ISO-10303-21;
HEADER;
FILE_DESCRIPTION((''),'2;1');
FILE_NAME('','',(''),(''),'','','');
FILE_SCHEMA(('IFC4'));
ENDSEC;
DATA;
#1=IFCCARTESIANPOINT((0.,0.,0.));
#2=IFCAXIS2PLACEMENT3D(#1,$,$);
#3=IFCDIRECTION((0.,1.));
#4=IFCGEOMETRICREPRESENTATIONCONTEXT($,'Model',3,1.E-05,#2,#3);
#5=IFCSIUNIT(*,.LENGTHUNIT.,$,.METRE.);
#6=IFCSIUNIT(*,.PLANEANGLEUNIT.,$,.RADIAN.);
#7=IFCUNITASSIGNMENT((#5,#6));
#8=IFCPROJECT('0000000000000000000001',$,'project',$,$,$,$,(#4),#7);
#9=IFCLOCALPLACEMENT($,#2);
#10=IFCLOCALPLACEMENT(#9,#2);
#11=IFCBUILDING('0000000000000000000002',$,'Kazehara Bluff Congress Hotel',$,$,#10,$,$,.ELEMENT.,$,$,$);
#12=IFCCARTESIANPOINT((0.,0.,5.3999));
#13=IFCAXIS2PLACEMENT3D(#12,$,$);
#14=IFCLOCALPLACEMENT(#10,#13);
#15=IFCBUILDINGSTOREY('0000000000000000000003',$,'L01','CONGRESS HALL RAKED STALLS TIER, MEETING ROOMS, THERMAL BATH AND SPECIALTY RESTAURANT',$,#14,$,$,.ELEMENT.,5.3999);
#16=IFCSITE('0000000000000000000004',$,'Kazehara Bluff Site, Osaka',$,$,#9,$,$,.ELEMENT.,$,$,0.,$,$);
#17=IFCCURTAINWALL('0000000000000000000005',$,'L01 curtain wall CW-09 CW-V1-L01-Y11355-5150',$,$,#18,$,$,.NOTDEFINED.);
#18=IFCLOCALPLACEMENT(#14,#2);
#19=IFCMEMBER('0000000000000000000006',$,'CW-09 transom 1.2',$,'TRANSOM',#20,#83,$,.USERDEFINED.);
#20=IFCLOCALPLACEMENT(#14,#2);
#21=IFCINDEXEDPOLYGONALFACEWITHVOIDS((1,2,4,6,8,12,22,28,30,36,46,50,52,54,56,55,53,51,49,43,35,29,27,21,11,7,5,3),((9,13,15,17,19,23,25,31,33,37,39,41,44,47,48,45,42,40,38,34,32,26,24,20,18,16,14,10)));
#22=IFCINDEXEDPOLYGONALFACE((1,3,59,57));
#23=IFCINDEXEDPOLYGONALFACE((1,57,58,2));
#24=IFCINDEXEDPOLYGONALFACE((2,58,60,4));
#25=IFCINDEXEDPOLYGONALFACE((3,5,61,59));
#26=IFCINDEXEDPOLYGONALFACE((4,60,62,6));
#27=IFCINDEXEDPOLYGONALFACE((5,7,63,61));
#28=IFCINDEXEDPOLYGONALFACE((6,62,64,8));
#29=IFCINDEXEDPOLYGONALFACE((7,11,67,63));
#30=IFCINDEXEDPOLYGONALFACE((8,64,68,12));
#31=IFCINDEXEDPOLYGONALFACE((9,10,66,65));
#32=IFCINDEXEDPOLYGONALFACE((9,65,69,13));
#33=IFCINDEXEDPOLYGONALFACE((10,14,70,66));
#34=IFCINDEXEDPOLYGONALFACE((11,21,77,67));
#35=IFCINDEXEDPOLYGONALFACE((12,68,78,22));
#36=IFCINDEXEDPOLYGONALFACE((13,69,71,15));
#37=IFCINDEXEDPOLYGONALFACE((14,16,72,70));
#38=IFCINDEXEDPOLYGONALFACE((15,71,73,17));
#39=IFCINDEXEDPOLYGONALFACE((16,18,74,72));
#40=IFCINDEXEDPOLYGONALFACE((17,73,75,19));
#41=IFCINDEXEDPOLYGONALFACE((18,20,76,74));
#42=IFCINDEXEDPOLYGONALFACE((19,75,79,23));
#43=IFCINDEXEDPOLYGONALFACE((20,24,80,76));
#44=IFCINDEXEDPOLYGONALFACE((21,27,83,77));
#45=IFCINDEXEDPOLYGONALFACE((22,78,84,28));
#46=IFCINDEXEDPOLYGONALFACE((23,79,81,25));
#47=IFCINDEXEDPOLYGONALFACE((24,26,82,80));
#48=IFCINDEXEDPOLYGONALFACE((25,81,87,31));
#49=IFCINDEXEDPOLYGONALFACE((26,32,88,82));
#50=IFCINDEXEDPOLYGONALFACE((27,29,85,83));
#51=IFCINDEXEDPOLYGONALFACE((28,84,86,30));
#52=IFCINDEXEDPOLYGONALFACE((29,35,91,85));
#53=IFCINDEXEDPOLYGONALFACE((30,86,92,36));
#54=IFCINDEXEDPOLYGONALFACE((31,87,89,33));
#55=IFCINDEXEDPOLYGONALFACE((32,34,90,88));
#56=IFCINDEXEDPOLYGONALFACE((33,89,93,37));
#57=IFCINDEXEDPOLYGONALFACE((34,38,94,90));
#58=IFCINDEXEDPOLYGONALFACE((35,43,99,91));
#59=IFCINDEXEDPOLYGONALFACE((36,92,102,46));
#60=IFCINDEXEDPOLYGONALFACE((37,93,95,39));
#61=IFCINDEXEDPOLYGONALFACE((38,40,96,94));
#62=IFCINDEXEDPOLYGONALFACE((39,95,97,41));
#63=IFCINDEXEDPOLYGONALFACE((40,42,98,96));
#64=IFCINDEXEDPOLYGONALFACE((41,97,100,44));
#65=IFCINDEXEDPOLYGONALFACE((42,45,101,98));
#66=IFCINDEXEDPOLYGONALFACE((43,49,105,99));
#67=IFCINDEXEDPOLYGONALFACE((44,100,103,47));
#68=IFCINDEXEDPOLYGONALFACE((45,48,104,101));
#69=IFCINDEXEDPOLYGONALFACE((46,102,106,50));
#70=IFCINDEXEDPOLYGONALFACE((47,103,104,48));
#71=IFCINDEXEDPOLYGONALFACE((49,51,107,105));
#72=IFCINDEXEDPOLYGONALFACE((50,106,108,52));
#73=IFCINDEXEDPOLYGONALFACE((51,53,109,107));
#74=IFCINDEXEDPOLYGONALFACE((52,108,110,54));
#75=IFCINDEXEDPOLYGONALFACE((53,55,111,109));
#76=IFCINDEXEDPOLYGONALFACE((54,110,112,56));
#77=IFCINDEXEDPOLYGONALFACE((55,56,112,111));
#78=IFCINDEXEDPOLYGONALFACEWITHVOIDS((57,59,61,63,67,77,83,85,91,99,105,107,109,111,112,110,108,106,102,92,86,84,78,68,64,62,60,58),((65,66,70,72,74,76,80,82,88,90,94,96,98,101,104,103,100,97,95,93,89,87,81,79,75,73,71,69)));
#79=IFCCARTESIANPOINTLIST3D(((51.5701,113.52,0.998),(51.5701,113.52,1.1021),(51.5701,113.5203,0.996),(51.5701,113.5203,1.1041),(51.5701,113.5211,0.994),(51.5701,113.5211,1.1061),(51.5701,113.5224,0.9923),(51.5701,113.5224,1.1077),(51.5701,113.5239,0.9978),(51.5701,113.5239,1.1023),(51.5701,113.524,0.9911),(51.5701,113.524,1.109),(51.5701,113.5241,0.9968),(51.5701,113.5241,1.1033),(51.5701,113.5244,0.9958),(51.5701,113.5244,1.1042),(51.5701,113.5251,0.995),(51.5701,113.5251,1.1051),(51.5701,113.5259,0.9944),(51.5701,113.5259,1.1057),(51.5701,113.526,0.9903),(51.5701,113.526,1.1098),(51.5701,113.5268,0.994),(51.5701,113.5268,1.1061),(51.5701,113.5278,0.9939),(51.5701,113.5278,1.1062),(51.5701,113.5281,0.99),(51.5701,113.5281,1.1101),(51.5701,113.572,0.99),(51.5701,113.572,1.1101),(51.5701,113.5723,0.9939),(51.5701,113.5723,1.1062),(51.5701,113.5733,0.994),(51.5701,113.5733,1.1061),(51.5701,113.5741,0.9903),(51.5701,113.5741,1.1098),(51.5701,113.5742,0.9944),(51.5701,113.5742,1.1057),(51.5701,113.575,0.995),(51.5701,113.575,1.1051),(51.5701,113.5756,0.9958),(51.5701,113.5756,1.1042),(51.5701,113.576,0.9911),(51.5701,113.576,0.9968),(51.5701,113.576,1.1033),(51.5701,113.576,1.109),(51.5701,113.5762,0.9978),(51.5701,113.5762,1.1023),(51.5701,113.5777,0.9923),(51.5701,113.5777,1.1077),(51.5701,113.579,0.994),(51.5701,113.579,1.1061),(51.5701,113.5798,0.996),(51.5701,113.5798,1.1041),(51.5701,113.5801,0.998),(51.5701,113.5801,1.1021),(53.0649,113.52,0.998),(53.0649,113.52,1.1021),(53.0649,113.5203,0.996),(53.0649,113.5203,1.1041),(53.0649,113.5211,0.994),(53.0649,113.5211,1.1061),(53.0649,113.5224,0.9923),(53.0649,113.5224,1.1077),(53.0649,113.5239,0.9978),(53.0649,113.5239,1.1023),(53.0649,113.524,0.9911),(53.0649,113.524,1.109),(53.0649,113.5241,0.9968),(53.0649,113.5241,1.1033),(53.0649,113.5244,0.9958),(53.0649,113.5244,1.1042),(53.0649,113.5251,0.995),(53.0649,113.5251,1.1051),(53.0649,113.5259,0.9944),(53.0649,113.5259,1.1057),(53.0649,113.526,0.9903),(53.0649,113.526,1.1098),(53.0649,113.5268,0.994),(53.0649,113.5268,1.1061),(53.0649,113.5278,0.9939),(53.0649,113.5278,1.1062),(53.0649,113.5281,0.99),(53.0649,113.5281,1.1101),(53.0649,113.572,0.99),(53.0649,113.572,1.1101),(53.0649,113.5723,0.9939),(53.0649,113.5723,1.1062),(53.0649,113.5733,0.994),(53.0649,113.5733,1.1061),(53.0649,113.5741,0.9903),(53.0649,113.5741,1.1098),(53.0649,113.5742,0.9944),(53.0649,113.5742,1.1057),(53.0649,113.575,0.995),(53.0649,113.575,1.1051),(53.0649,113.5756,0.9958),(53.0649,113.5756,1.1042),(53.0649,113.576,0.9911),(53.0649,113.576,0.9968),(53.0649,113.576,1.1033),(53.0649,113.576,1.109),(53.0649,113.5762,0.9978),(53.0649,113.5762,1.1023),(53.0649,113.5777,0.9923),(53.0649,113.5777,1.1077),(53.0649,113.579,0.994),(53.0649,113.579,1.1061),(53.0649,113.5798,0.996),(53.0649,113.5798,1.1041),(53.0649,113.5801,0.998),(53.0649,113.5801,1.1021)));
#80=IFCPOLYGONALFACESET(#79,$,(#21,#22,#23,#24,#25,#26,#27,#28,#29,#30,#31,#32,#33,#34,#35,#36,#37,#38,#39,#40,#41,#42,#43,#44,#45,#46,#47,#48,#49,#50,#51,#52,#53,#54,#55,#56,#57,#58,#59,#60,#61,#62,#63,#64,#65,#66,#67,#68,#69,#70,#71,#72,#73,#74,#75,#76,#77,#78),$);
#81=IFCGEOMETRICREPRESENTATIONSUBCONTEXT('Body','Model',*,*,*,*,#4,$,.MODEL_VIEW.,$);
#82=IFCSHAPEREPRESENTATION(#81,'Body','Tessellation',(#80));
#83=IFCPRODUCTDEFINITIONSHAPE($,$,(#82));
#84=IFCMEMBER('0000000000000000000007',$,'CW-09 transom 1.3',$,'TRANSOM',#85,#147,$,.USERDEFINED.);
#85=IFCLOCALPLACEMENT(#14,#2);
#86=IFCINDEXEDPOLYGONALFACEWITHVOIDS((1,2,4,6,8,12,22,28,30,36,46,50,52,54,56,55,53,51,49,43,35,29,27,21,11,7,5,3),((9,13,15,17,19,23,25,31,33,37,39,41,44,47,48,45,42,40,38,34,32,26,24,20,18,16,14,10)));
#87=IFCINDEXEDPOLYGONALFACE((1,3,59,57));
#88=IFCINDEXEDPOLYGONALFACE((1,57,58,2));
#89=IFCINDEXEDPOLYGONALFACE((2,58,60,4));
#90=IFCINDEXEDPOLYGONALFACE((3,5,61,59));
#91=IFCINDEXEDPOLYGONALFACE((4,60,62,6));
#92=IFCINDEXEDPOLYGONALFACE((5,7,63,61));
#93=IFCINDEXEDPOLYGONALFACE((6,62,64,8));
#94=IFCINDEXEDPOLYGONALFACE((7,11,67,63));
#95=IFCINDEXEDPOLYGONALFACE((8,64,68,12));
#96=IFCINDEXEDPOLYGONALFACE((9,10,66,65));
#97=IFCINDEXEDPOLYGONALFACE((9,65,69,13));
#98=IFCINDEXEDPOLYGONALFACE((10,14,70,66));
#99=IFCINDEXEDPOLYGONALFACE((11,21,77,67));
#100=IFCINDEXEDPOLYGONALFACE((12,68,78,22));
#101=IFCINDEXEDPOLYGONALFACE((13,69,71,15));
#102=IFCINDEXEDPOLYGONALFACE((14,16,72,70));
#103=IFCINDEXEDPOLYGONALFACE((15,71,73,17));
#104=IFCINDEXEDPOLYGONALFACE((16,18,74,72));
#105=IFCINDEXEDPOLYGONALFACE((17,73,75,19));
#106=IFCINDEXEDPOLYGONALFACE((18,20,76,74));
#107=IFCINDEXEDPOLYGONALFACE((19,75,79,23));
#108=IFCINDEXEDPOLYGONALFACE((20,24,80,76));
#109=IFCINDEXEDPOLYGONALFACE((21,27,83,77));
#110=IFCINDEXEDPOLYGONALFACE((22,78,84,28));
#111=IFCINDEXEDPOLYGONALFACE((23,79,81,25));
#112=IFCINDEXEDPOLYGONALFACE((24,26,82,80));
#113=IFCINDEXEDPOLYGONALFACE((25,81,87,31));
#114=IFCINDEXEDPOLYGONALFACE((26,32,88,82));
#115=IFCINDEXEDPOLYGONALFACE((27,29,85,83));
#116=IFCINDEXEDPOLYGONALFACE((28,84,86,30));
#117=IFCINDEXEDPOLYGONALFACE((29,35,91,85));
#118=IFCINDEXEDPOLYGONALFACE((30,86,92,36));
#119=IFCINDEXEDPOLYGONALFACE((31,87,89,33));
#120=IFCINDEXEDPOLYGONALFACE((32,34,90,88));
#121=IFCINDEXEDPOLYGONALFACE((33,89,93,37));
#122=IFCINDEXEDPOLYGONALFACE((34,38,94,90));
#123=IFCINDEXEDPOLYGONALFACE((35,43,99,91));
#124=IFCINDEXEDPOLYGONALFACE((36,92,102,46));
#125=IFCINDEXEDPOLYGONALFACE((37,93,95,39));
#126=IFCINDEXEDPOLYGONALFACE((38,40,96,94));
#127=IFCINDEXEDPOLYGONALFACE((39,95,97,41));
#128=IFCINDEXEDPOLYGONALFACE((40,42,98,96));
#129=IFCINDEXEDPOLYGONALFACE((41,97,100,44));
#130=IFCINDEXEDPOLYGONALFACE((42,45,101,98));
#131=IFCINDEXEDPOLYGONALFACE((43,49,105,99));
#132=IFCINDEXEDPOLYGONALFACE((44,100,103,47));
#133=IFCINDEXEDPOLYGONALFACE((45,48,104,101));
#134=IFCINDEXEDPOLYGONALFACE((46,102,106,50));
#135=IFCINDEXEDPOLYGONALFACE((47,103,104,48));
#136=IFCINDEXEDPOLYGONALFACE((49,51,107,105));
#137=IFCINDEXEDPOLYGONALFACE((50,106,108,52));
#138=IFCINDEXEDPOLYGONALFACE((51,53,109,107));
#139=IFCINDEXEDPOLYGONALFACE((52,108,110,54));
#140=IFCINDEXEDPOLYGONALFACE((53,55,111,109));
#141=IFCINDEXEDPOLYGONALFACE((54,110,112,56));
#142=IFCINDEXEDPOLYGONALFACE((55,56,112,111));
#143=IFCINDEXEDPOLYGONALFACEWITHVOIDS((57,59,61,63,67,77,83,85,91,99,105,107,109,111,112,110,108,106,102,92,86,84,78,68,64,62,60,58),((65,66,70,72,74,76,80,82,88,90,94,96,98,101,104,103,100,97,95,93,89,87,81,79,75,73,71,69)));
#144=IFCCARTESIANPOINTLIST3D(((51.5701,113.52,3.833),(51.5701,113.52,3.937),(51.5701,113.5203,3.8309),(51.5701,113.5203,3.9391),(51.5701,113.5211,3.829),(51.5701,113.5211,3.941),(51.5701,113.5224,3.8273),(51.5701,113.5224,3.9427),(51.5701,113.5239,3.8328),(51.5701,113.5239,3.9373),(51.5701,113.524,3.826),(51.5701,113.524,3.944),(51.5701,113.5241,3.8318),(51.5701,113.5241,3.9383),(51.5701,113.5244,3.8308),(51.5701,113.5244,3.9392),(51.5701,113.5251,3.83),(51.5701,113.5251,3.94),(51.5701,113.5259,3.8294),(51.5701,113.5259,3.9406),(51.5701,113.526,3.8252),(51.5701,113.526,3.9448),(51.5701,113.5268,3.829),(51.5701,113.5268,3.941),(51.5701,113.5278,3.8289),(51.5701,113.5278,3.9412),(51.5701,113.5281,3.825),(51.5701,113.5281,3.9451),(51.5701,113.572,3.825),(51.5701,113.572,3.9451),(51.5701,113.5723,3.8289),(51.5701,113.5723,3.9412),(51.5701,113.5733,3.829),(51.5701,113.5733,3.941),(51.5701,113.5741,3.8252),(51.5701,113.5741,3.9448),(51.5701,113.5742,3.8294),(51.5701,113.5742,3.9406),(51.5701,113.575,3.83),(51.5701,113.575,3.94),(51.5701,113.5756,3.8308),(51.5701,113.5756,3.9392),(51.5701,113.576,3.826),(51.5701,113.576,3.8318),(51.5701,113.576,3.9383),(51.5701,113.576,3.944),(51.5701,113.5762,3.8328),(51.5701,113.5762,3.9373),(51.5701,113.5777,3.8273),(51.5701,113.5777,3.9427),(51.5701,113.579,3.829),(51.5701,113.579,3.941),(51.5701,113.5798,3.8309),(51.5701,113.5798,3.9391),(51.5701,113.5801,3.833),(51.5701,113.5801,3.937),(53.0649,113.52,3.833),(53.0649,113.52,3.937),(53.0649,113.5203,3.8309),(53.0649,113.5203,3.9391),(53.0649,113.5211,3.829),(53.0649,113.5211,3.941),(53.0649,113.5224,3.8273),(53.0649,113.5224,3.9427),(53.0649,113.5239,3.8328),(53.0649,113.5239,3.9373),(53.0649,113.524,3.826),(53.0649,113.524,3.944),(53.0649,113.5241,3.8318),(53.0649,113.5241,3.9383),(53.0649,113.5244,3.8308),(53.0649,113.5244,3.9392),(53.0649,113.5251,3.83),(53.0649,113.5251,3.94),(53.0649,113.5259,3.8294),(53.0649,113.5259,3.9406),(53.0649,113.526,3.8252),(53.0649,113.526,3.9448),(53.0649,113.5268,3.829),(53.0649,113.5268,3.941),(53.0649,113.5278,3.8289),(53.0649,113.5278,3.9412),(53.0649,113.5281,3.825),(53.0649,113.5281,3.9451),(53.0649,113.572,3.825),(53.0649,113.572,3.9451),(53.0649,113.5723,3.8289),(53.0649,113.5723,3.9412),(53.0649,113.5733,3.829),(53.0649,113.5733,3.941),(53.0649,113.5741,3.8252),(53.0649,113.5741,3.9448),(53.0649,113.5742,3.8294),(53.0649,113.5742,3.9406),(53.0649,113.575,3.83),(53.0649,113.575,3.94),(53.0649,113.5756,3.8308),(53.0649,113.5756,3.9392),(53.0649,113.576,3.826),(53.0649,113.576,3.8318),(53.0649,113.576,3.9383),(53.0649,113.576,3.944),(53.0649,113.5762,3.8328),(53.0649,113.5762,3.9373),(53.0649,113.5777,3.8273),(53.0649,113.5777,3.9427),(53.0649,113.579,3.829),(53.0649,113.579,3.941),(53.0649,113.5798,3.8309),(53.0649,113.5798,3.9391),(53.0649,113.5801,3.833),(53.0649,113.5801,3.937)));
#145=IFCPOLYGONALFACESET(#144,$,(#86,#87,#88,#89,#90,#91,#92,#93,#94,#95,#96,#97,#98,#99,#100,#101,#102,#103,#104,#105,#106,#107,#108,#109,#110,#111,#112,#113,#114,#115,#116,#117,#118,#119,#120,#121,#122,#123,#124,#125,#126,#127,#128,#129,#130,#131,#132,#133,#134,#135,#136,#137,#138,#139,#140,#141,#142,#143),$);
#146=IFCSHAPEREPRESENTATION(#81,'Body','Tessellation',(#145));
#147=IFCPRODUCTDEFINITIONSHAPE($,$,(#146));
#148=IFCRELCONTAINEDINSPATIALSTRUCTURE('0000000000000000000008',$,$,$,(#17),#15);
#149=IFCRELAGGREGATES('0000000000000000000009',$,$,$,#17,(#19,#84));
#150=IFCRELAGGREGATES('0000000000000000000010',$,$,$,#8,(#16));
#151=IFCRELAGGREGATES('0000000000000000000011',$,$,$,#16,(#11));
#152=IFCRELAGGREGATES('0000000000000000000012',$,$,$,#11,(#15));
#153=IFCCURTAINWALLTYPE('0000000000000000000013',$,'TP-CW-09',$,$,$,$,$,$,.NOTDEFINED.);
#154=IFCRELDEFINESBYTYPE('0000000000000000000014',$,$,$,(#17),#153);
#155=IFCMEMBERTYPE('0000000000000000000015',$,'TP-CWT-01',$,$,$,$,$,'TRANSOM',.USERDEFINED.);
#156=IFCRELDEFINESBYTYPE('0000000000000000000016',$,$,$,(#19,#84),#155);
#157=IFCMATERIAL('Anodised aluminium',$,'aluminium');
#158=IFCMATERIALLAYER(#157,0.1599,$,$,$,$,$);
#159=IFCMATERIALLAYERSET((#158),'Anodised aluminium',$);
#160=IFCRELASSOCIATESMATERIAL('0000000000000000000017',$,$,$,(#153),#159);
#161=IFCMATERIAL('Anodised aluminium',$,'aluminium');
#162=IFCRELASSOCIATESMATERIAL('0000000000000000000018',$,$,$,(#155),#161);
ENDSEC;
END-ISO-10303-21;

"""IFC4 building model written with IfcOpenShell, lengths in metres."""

from ifc_helpers import new_model, si_unit, direction, frame, origin, origin_2d, place, context, subcontext, project, spatial, hollow_rectangle, extrude, material, layer, layer_set, material_profile, profile_set, type_object, element, aggregate, save


model = new_model("IFC4")

# Units and contexts
model_context = context("Model", 3, precision=1e-05, world=origin(), true_north=direction((0.0, 1.0)))
body_context = subcontext(model_context, "Body", "Model", "MODEL_VIEW")
ifc_project = project(units=[si_unit("LENGTHUNIT", "METRE"), si_unit("PLANEANGLEUNIT", "RADIAN")], contexts=[model_context])

# Site, building, storey
site_placement = place(None, origin())
site = spatial("IfcSite", under=ifc_project, at=site_placement, Name="Kazehara Bluff Site, Osaka", CompositionType="ELEMENT", RefElevation=0.0)
building_placement = place(site_placement, origin())
building = spatial("IfcBuilding", under=site, at=building_placement, Name="Kazehara Bluff Congress Hotel", CompositionType="ELEMENT")
storey_placement = place(building_placement, frame((0.0, 0.0, 5.3999)))
storey = spatial("IfcBuildingStorey", under=building, at=storey_placement, Name="L01", Description="CONGRESS HALL RAKED STALLS TIER, MEETING ROOMS, THERMAL BATH AND SPECIALTY RESTAURANT", CompositionType="ELEMENT", Elevation=5.3999)

# Curtain wall, members
ifc_material_1 = material(Name="Anodised aluminium", Category="aluminium")
ifc_layer_1 = layer(ifc_material_1, 0.1599)
ifc_layer_set_1 = layer_set([ifc_layer_1], Name="Anodised aluminium")
curtain_wall_type = type_object("IfcCurtainWallType", Name="TP-CW-09", PredefinedType="NOTDEFINED", material=ifc_layer_set_1)
curtain_wall_placement = place(storey_placement, origin())
curtain_wall = element("IfcCurtainWall", 1, at=curtain_wall_placement, inside=storey, type_object=curtain_wall_type, Name="L01 curtain wall CW-09 CW-V1-L01-Y11355-5150", PredefinedType="NOTDEFINED")
ifc_material_2 = material(Name="Anodised aluminium", Category="aluminium")
ifc_material_profile_1 = material_profile(ifc_material_2, hollow_rectangle(XDim=0.0601, YDim=0.1201, WallThickness=0.0039, InnerFilletRadius=0.0039, OuterFilletRadius=0.0081, at=origin_2d()))
ifc_profile_set_1 = profile_set([ifc_material_profile_1], Name="Anodised aluminium")
member_type_1 = type_object("IfcMemberType", Name="TP-CWT-01", ElementType="TRANSOM", PredefinedType="USERDEFINED", material=ifc_profile_set_1)
member_1_placement = place(storey_placement, frame((51.5701, 113.55, 1.05), z_axis=(1.0, 0.0, 0.0), x_axis=(0.0, 1.0, 0.0)))
member_1 = element("IfcMember", 2, at=member_1_placement, type_object=member_type_1, Name="CW-09 transom 1.2", ObjectType="TRANSOM", PredefinedType="USERDEFINED", context=body_context, shape_type="SweptSolid", body=[
    extrude(hollow_rectangle(XDim=0.0601, YDim=0.1201, WallThickness=0.0039, InnerFilletRadius=0.0039, OuterFilletRadius=0.0081, at=origin_2d()), origin(), (0.0, 0.0, 1.0), 1.4949),
])
member_2_placement = place(storey_placement, frame((51.5701, 113.55, 3.885), z_axis=(1.0, 0.0, 0.0), x_axis=(0.0, 1.0, 0.0)))
member_2 = element("IfcMember", 3, at=member_2_placement, type_object=member_type_1, Name="CW-09 transom 1.3", ObjectType="TRANSOM", PredefinedType="USERDEFINED", context=body_context, shape_type="SweptSolid", body=[
    extrude(hollow_rectangle(XDim=0.0601, YDim=0.1201, WallThickness=0.0039, InnerFilletRadius=0.0039, OuterFilletRadius=0.0081, at=origin_2d()), origin(), (0.0, 0.0, 1.0), 1.4949),
])
aggregate(curtain_wall, [member_1, member_2])

save(model, "model.ifc")
